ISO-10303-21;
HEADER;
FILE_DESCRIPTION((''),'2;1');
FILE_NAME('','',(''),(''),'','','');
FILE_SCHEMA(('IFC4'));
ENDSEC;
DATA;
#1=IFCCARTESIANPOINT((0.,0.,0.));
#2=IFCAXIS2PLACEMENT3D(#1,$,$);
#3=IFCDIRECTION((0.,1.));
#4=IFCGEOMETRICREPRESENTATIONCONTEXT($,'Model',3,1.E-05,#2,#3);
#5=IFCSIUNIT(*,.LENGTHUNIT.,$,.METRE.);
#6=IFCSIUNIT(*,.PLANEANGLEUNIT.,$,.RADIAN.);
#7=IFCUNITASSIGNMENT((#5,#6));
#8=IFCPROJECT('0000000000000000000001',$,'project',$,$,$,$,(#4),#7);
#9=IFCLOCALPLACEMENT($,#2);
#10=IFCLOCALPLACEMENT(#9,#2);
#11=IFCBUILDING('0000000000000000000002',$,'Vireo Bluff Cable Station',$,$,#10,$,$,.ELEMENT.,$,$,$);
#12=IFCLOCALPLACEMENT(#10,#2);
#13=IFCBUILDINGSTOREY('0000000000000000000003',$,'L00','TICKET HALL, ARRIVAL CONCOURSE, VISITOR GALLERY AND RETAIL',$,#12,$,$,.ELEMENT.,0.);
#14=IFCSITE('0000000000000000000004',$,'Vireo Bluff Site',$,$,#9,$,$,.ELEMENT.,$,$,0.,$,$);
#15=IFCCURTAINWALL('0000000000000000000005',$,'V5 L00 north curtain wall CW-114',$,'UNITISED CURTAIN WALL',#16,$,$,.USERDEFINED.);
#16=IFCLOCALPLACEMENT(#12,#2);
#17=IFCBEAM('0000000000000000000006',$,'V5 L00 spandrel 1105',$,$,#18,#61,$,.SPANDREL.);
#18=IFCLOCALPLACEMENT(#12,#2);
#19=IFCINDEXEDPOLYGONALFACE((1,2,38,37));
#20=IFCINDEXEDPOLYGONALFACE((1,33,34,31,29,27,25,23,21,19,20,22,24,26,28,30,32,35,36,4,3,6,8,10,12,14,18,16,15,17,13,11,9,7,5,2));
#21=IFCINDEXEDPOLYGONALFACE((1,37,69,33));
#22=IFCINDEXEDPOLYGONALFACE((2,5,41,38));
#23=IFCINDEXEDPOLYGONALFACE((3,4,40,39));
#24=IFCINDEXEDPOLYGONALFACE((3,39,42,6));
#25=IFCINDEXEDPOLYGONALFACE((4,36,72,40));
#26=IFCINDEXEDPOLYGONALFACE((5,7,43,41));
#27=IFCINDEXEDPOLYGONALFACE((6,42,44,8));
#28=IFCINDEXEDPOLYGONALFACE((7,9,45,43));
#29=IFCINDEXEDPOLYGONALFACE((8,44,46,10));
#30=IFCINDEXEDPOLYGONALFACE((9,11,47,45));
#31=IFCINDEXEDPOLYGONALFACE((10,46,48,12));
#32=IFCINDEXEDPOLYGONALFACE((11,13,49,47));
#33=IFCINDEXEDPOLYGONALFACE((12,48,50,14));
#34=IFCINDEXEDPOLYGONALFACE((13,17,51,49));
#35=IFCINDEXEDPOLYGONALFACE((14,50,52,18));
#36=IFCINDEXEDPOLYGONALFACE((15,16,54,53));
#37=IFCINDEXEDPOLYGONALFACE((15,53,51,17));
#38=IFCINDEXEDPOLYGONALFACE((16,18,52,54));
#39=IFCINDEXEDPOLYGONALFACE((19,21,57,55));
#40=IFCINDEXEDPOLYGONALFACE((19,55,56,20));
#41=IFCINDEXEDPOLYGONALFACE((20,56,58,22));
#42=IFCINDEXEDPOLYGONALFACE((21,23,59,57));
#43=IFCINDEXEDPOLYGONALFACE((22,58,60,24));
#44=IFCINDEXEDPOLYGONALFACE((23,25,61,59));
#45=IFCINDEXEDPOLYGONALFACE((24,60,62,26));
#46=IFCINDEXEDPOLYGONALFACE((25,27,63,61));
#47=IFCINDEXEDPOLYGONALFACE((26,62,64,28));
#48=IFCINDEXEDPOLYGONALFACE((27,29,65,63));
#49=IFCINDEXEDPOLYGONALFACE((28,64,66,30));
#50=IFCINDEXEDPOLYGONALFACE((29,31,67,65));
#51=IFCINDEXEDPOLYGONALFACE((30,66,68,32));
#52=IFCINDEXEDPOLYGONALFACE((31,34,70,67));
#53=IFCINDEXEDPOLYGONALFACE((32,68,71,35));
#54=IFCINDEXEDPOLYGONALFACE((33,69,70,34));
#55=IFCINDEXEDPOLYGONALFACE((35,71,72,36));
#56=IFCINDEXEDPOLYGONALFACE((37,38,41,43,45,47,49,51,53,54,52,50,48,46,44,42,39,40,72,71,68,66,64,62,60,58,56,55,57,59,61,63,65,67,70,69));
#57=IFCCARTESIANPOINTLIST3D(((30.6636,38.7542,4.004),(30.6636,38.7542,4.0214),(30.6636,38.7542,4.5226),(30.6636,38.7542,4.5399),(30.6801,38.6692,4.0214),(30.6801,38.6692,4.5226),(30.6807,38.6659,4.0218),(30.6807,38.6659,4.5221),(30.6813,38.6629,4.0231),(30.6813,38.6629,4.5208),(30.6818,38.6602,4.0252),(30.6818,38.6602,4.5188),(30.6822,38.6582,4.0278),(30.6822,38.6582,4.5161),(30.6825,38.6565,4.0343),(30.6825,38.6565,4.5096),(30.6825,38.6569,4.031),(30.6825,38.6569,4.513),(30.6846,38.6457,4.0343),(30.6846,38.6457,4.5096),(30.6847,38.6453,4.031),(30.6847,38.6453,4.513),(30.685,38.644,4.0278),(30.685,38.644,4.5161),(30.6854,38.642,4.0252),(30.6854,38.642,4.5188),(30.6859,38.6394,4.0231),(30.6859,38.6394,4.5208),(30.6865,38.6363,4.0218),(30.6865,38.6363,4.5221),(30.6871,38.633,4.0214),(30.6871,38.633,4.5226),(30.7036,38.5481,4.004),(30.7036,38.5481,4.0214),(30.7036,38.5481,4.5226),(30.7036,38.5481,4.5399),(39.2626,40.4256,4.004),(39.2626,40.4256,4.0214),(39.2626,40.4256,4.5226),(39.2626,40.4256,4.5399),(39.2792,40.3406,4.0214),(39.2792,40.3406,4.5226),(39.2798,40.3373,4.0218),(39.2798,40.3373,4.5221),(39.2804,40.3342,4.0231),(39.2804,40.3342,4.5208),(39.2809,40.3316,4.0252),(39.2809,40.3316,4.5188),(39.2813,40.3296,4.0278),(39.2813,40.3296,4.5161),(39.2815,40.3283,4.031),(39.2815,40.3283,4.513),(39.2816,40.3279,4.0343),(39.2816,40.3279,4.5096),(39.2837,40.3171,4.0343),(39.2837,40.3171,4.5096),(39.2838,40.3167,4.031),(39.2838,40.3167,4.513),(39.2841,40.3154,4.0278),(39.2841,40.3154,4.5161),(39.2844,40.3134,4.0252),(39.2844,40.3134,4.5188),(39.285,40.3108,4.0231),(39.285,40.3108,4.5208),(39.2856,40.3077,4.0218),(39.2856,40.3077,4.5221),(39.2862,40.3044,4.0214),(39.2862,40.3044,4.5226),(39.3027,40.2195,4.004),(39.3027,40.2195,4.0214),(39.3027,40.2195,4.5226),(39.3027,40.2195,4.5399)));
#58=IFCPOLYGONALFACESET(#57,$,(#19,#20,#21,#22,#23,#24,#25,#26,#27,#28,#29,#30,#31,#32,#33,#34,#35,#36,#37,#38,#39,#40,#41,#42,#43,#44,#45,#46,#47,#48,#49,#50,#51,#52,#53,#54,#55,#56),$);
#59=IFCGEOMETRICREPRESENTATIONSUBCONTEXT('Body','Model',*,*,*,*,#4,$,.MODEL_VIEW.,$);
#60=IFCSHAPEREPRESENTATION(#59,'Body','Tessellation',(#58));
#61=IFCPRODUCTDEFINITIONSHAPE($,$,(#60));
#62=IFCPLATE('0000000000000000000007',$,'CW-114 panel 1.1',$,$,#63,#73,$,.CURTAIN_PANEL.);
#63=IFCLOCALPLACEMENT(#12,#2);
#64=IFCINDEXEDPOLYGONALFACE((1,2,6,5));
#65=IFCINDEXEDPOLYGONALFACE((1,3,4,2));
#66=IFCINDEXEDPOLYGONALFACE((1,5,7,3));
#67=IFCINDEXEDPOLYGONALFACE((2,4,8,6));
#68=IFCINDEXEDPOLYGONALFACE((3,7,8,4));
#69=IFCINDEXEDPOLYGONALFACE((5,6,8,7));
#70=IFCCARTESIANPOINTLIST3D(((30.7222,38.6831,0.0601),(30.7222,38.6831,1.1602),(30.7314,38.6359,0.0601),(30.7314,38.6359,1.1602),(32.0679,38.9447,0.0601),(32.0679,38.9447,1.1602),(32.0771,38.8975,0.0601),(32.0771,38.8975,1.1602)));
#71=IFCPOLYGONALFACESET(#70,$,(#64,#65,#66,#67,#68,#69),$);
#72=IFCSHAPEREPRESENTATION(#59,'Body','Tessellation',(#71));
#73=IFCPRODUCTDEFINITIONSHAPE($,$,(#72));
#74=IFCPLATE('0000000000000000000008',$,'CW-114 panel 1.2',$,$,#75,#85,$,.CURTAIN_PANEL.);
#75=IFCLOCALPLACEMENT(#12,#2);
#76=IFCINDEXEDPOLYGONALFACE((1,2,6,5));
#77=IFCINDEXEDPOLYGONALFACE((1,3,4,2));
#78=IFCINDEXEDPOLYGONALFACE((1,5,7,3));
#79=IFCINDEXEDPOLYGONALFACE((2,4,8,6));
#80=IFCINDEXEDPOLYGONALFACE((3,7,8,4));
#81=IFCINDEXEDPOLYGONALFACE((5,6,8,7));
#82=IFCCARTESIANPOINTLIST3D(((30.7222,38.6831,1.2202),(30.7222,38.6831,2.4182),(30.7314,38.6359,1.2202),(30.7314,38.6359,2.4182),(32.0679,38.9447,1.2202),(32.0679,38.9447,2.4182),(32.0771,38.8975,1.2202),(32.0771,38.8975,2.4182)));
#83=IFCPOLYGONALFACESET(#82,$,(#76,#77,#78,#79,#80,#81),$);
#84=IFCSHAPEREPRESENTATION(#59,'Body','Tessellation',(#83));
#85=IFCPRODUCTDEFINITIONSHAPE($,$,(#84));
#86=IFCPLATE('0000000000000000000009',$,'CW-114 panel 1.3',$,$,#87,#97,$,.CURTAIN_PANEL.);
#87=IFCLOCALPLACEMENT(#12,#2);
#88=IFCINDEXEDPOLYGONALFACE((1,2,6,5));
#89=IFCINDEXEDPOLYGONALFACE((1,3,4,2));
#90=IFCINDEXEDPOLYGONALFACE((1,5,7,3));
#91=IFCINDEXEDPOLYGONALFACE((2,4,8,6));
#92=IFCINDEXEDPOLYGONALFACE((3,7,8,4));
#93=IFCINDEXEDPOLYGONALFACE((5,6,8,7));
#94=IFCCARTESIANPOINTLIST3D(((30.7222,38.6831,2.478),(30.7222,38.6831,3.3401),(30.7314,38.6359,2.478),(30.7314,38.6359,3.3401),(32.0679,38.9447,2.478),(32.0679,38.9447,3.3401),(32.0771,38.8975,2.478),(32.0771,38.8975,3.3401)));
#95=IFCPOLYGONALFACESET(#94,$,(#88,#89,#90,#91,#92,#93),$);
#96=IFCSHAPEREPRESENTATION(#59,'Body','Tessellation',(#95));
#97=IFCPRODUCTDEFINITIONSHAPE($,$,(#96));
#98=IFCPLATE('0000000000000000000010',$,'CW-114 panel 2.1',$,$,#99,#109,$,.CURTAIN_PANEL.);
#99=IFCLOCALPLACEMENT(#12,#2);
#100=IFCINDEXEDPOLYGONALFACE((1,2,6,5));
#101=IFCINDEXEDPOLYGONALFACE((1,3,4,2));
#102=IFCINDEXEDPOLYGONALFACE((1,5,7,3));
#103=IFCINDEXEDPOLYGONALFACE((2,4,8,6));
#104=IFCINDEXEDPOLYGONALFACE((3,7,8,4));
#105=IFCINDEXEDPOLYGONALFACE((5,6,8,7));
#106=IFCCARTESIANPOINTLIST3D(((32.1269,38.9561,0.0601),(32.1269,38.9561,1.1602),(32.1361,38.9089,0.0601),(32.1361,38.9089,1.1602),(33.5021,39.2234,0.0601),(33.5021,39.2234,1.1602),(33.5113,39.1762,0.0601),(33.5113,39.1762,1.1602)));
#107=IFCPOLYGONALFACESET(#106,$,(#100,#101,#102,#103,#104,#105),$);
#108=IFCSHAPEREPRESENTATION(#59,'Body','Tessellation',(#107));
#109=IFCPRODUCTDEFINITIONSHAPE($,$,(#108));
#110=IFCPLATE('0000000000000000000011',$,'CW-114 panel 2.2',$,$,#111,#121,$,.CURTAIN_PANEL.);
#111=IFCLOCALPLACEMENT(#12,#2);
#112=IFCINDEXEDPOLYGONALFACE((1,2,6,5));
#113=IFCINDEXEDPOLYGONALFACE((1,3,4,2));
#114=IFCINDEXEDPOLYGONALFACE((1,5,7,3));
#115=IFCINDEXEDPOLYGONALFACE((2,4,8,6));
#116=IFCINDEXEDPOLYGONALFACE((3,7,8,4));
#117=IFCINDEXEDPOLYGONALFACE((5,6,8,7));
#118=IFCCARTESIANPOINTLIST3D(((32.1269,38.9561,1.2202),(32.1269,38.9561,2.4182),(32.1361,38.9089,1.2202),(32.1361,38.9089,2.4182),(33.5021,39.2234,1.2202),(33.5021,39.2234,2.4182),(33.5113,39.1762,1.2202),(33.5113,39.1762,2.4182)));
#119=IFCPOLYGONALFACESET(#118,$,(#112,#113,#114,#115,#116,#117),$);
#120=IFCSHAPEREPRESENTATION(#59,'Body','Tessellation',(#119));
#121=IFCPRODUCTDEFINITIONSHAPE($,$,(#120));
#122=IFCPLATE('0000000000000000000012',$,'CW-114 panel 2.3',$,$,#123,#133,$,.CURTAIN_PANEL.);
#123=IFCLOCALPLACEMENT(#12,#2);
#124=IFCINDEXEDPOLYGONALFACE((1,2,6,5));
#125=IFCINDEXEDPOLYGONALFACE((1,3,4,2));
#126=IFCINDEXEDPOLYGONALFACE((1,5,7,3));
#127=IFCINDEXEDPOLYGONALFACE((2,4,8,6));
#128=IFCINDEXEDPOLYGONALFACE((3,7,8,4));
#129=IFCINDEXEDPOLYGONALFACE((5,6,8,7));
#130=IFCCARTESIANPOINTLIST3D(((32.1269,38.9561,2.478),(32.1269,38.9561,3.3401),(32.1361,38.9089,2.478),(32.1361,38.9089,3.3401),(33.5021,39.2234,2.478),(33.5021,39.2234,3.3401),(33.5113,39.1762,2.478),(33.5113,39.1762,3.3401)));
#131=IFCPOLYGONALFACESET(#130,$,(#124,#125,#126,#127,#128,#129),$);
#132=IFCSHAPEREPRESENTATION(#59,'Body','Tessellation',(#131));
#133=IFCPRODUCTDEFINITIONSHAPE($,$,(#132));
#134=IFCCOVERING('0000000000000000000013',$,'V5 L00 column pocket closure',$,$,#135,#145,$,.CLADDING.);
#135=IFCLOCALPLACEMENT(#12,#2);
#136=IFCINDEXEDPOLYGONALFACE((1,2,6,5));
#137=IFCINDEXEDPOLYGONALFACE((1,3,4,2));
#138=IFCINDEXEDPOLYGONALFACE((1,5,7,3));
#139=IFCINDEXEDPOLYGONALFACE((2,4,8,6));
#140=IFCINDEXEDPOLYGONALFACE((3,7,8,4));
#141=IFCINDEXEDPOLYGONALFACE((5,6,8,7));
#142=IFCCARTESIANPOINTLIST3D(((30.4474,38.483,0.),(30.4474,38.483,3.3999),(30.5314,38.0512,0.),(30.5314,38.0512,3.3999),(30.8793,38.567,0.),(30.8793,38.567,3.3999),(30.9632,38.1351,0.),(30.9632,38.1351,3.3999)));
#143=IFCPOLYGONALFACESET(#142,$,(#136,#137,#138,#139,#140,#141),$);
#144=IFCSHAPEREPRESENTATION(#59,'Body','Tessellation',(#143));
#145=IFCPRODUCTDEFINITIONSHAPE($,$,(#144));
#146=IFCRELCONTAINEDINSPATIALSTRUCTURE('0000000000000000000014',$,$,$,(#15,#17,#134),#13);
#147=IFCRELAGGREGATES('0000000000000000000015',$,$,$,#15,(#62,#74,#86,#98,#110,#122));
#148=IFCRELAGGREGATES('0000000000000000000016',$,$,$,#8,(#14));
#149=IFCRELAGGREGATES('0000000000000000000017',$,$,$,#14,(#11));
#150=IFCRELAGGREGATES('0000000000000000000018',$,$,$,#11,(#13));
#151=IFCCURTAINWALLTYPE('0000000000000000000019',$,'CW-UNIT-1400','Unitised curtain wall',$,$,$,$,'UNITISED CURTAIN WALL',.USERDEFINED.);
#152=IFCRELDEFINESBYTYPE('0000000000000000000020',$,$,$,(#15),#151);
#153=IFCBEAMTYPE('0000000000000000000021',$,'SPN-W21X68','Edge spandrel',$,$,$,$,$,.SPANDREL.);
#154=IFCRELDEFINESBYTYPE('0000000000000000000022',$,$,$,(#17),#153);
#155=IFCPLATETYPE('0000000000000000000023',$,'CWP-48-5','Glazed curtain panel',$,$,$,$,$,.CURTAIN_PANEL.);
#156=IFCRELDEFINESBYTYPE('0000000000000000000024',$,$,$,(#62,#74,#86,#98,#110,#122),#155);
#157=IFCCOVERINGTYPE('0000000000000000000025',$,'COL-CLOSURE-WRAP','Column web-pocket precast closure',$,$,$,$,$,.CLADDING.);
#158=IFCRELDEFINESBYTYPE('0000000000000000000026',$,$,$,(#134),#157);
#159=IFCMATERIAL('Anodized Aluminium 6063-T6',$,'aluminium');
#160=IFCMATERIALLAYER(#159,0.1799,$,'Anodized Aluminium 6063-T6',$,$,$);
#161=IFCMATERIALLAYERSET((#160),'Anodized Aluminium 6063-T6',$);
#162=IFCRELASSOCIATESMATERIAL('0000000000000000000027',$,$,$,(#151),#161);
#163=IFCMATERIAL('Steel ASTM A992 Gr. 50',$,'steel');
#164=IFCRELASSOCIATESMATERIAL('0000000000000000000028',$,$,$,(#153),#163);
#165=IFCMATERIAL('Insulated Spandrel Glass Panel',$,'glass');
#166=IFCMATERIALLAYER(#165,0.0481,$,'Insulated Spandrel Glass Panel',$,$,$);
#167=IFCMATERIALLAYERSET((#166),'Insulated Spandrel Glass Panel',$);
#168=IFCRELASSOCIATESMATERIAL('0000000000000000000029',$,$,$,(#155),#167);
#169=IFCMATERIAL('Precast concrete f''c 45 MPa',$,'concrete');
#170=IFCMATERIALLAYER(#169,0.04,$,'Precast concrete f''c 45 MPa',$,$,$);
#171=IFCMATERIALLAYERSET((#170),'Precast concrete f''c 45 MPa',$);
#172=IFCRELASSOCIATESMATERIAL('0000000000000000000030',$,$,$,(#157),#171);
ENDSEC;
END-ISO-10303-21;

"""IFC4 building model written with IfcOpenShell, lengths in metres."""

from ifc_helpers import new_model, si_unit, direction, frame, origin, origin_2d, place, context, subcontext, project, spatial, rectangle, i_section, extrude, material, layer, layer_set, material_profile, profile_set, type_object, element, aggregate, save


model = new_model("IFC4")

# Units and contexts
model_context = context("Model", 3, precision=1e-05, world=origin(), true_north=direction((0.0, 1.0)))
body_context = subcontext(model_context, "Body", "Model", "MODEL_VIEW")
ifc_project = project(units=[si_unit("LENGTHUNIT", "METRE"), si_unit("PLANEANGLEUNIT", "RADIAN")], contexts=[model_context])

# Site, building, storey
site_placement = place(None, origin())
site = spatial("IfcSite", under=ifc_project, at=site_placement, Name="Vireo Bluff Site", CompositionType="ELEMENT", RefElevation=0.0)
building_placement = place(site_placement, origin())
building = spatial("IfcBuilding", under=site, at=building_placement, Name="Vireo Bluff Cable Station", CompositionType="ELEMENT")
storey_placement = place(building_placement, origin())
storey = spatial("IfcBuildingStorey", under=building, at=storey_placement, Name="L00", Description="TICKET HALL, ARRIVAL CONCOURSE, VISITOR GALLERY AND RETAIL", CompositionType="ELEMENT", Elevation=0.0)

# Curtain wall
ifc_material_1 = material(Name="Anodized Aluminium 6063-T6", Category="aluminium")
ifc_layer_1 = layer(ifc_material_1, 0.1799, Name="Anodized Aluminium 6063-T6")
ifc_layer_set_1 = layer_set([ifc_layer_1], Name="Anodized Aluminium 6063-T6")
curtain_wall_type = type_object("IfcCurtainWallType", Name="CW-UNIT-1400", Description="Unitised curtain wall", ElementType="UNITISED CURTAIN WALL", PredefinedType="USERDEFINED", material=ifc_layer_set_1)
curtain_wall_placement = place(storey_placement, origin())
curtain_wall = element("IfcCurtainWall", 1, at=curtain_wall_placement, inside=storey, type_object=curtain_wall_type, Name="V5 L00 north curtain wall CW-114", ObjectType="UNITISED CURTAIN WALL", PredefinedType="USERDEFINED")

# Beam
ifc_material_2 = material(Name="Steel ASTM A992 Gr. 50", Category="steel")
ifc_material_profile_1 = material_profile(ifc_material_2, i_section(OverallWidth=0.21, OverallDepth=0.5359, WebThickness=0.011, FlangeThickness=0.0173, FilletRadius=0.0129, at=origin_2d()), Name="W21X68")
ifc_profile_set_1 = profile_set([ifc_material_profile_1], Name="Steel ASTM A992 Gr. 50")
beam_type_1 = type_object("IfcBeamType", Name="SPN-W21X68", Description="Edge spandrel", PredefinedType="SPANDREL", material=ifc_profile_set_1)
beam_1_placement = place(storey_placement, frame((30.6836, 38.6511, 4.272), z_axis=(0.98163, 0.190797, 0.0), x_axis=(-0.190797, 0.98163, 0.0)))
element("IfcBeam", 2, at=beam_1_placement, inside=storey, type_object=beam_type_1, Name="V5 L00 spandrel 1105", PredefinedType="SPANDREL", context=body_context, shape_type="SweptSolid", body=[
    extrude(i_section(OverallWidth=0.21, OverallDepth=0.5359, WebThickness=0.011, FlangeThickness=0.0173, FilletRadius=0.0129, at=origin_2d()), origin(), (0.0, 0.0, 1.0), 8.76),
])

# Plates
ifc_material_3 = material(Name="Insulated Spandrel Glass Panel", Category="glass")
ifc_layer_2 = layer(ifc_material_3, 0.0481, Name="Insulated Spandrel Glass Panel")
ifc_layer_set_2 = layer_set([ifc_layer_2], Name="Insulated Spandrel Glass Panel")
plate_type = type_object("IfcPlateType", Name="CWP-48-5", Description="Glazed curtain panel", PredefinedType="CURTAIN_PANEL", material=ifc_layer_set_2)
plate_1_placement = place(storey_placement, frame((31.3997, 38.7903, 0.0601), z_axis=(0.0, 0.0, 1.0), x_axis=(0.981627, 0.190809, 0.0)))
plate_1 = element("IfcPlate", 3, at=plate_1_placement, type_object=plate_type, Name="CW-114 panel 1.1", PredefinedType="CURTAIN_PANEL", context=body_context, shape_type="SweptSolid", body=[
    extrude(rectangle(XDim=1.3708, YDim=0.0481, at=origin_2d()), origin(), (0.0, 0.0, 1.0), 1.1001),
])
plate_2_placement = place(storey_placement, frame((31.3997, 38.7903, 1.2202), z_axis=(0.0, 0.0, 1.0), x_axis=(0.981627, 0.190809, 0.0)))
plate_2 = element("IfcPlate", 4, at=plate_2_placement, type_object=plate_type, Name="CW-114 panel 1.2", PredefinedType="CURTAIN_PANEL", context=body_context, shape_type="SweptSolid", body=[
    extrude(rectangle(XDim=1.3708, YDim=0.0481, at=origin_2d()), origin(), (0.0, 0.0, 1.0), 1.198),
])
plate_3_placement = place(storey_placement, frame((31.3997, 38.7903, 2.478), z_axis=(0.0, 0.0, 1.0), x_axis=(0.981627, 0.190809, 0.0)))
plate_3 = element("IfcPlate", 5, at=plate_3_placement, type_object=plate_type, Name="CW-114 panel 1.3", PredefinedType="CURTAIN_PANEL", context=body_context, shape_type="SweptSolid", body=[
    extrude(rectangle(XDim=1.3708, YDim=0.0481, at=origin_2d()), origin(), (0.0, 0.0, 1.0), 0.8621),
])
plate_4_placement = place(storey_placement, frame((32.8191, 39.0662, 0.0601), z_axis=(0.0, 0.0, 1.0), x_axis=(0.981627, 0.190809, 0.0)))
plate_4 = element("IfcPlate", 6, at=plate_4_placement, type_object=plate_type, Name="CW-114 panel 2.1", PredefinedType="CURTAIN_PANEL", context=body_context, shape_type="SweptSolid", body=[
    extrude(rectangle(XDim=1.4009, YDim=0.0481, at=origin_2d()), origin(), (0.0, 0.0, 1.0), 1.1001),
])
plate_5_placement = place(storey_placement, frame((32.8191, 39.0662, 1.2202), z_axis=(0.0, 0.0, 1.0), x_axis=(0.981627, 0.190809, 0.0)))
plate_5 = element("IfcPlate", 7, at=plate_5_placement, type_object=plate_type, Name="CW-114 panel 2.2", PredefinedType="CURTAIN_PANEL", context=body_context, shape_type="SweptSolid", body=[
    extrude(rectangle(XDim=1.4009, YDim=0.0481, at=origin_2d()), origin(), (0.0, 0.0, 1.0), 1.198),
])
plate_6_placement = place(storey_placement, frame((32.8191, 39.0662, 2.478), z_axis=(0.0, 0.0, 1.0), x_axis=(0.981627, 0.190809, 0.0)))
plate_6 = element("IfcPlate", 8, at=plate_6_placement, type_object=plate_type, Name="CW-114 panel 2.3", PredefinedType="CURTAIN_PANEL", context=body_context, shape_type="SweptSolid", body=[
    extrude(rectangle(XDim=1.4009, YDim=0.0481, at=origin_2d()), origin(), (0.0, 0.0, 1.0), 0.8621),
])
aggregate(curtain_wall, [plate_1, plate_2, plate_3, plate_4, plate_5, plate_6])

# Covering
ifc_material_4 = material(Name="Precast concrete f'c 45 MPa", Category="concrete")
ifc_layer_3 = layer(ifc_material_4, 0.04, Name="Precast concrete f'c 45 MPa")
ifc_layer_set_3 = layer_set([ifc_layer_3], Name="Precast concrete f'c 45 MPa")
covering_type = type_object("IfcCoveringType", Name="COL-CLOSURE-WRAP", Description="Column web-pocket precast closure", PredefinedType="CLADDING", material=ifc_layer_set_3)
covering_placement = place(storey_placement, frame((30.7053, 38.3091, 0.0), z_axis=(0.0, 0.0, 1.0), x_axis=(0.981627, 0.190809, 0.0)))
element("IfcCovering", 9, at=covering_placement, inside=storey, type_object=covering_type, Name="V5 L00 column pocket closure", PredefinedType="CLADDING", context=body_context, shape_type="SweptSolid", body=[
    extrude(rectangle(XDim=0.4399, YDim=0.4399, at=origin_2d()), origin(), (0.0, 0.0, 1.0), 3.3999),
])

save(model, "model.ifc")
